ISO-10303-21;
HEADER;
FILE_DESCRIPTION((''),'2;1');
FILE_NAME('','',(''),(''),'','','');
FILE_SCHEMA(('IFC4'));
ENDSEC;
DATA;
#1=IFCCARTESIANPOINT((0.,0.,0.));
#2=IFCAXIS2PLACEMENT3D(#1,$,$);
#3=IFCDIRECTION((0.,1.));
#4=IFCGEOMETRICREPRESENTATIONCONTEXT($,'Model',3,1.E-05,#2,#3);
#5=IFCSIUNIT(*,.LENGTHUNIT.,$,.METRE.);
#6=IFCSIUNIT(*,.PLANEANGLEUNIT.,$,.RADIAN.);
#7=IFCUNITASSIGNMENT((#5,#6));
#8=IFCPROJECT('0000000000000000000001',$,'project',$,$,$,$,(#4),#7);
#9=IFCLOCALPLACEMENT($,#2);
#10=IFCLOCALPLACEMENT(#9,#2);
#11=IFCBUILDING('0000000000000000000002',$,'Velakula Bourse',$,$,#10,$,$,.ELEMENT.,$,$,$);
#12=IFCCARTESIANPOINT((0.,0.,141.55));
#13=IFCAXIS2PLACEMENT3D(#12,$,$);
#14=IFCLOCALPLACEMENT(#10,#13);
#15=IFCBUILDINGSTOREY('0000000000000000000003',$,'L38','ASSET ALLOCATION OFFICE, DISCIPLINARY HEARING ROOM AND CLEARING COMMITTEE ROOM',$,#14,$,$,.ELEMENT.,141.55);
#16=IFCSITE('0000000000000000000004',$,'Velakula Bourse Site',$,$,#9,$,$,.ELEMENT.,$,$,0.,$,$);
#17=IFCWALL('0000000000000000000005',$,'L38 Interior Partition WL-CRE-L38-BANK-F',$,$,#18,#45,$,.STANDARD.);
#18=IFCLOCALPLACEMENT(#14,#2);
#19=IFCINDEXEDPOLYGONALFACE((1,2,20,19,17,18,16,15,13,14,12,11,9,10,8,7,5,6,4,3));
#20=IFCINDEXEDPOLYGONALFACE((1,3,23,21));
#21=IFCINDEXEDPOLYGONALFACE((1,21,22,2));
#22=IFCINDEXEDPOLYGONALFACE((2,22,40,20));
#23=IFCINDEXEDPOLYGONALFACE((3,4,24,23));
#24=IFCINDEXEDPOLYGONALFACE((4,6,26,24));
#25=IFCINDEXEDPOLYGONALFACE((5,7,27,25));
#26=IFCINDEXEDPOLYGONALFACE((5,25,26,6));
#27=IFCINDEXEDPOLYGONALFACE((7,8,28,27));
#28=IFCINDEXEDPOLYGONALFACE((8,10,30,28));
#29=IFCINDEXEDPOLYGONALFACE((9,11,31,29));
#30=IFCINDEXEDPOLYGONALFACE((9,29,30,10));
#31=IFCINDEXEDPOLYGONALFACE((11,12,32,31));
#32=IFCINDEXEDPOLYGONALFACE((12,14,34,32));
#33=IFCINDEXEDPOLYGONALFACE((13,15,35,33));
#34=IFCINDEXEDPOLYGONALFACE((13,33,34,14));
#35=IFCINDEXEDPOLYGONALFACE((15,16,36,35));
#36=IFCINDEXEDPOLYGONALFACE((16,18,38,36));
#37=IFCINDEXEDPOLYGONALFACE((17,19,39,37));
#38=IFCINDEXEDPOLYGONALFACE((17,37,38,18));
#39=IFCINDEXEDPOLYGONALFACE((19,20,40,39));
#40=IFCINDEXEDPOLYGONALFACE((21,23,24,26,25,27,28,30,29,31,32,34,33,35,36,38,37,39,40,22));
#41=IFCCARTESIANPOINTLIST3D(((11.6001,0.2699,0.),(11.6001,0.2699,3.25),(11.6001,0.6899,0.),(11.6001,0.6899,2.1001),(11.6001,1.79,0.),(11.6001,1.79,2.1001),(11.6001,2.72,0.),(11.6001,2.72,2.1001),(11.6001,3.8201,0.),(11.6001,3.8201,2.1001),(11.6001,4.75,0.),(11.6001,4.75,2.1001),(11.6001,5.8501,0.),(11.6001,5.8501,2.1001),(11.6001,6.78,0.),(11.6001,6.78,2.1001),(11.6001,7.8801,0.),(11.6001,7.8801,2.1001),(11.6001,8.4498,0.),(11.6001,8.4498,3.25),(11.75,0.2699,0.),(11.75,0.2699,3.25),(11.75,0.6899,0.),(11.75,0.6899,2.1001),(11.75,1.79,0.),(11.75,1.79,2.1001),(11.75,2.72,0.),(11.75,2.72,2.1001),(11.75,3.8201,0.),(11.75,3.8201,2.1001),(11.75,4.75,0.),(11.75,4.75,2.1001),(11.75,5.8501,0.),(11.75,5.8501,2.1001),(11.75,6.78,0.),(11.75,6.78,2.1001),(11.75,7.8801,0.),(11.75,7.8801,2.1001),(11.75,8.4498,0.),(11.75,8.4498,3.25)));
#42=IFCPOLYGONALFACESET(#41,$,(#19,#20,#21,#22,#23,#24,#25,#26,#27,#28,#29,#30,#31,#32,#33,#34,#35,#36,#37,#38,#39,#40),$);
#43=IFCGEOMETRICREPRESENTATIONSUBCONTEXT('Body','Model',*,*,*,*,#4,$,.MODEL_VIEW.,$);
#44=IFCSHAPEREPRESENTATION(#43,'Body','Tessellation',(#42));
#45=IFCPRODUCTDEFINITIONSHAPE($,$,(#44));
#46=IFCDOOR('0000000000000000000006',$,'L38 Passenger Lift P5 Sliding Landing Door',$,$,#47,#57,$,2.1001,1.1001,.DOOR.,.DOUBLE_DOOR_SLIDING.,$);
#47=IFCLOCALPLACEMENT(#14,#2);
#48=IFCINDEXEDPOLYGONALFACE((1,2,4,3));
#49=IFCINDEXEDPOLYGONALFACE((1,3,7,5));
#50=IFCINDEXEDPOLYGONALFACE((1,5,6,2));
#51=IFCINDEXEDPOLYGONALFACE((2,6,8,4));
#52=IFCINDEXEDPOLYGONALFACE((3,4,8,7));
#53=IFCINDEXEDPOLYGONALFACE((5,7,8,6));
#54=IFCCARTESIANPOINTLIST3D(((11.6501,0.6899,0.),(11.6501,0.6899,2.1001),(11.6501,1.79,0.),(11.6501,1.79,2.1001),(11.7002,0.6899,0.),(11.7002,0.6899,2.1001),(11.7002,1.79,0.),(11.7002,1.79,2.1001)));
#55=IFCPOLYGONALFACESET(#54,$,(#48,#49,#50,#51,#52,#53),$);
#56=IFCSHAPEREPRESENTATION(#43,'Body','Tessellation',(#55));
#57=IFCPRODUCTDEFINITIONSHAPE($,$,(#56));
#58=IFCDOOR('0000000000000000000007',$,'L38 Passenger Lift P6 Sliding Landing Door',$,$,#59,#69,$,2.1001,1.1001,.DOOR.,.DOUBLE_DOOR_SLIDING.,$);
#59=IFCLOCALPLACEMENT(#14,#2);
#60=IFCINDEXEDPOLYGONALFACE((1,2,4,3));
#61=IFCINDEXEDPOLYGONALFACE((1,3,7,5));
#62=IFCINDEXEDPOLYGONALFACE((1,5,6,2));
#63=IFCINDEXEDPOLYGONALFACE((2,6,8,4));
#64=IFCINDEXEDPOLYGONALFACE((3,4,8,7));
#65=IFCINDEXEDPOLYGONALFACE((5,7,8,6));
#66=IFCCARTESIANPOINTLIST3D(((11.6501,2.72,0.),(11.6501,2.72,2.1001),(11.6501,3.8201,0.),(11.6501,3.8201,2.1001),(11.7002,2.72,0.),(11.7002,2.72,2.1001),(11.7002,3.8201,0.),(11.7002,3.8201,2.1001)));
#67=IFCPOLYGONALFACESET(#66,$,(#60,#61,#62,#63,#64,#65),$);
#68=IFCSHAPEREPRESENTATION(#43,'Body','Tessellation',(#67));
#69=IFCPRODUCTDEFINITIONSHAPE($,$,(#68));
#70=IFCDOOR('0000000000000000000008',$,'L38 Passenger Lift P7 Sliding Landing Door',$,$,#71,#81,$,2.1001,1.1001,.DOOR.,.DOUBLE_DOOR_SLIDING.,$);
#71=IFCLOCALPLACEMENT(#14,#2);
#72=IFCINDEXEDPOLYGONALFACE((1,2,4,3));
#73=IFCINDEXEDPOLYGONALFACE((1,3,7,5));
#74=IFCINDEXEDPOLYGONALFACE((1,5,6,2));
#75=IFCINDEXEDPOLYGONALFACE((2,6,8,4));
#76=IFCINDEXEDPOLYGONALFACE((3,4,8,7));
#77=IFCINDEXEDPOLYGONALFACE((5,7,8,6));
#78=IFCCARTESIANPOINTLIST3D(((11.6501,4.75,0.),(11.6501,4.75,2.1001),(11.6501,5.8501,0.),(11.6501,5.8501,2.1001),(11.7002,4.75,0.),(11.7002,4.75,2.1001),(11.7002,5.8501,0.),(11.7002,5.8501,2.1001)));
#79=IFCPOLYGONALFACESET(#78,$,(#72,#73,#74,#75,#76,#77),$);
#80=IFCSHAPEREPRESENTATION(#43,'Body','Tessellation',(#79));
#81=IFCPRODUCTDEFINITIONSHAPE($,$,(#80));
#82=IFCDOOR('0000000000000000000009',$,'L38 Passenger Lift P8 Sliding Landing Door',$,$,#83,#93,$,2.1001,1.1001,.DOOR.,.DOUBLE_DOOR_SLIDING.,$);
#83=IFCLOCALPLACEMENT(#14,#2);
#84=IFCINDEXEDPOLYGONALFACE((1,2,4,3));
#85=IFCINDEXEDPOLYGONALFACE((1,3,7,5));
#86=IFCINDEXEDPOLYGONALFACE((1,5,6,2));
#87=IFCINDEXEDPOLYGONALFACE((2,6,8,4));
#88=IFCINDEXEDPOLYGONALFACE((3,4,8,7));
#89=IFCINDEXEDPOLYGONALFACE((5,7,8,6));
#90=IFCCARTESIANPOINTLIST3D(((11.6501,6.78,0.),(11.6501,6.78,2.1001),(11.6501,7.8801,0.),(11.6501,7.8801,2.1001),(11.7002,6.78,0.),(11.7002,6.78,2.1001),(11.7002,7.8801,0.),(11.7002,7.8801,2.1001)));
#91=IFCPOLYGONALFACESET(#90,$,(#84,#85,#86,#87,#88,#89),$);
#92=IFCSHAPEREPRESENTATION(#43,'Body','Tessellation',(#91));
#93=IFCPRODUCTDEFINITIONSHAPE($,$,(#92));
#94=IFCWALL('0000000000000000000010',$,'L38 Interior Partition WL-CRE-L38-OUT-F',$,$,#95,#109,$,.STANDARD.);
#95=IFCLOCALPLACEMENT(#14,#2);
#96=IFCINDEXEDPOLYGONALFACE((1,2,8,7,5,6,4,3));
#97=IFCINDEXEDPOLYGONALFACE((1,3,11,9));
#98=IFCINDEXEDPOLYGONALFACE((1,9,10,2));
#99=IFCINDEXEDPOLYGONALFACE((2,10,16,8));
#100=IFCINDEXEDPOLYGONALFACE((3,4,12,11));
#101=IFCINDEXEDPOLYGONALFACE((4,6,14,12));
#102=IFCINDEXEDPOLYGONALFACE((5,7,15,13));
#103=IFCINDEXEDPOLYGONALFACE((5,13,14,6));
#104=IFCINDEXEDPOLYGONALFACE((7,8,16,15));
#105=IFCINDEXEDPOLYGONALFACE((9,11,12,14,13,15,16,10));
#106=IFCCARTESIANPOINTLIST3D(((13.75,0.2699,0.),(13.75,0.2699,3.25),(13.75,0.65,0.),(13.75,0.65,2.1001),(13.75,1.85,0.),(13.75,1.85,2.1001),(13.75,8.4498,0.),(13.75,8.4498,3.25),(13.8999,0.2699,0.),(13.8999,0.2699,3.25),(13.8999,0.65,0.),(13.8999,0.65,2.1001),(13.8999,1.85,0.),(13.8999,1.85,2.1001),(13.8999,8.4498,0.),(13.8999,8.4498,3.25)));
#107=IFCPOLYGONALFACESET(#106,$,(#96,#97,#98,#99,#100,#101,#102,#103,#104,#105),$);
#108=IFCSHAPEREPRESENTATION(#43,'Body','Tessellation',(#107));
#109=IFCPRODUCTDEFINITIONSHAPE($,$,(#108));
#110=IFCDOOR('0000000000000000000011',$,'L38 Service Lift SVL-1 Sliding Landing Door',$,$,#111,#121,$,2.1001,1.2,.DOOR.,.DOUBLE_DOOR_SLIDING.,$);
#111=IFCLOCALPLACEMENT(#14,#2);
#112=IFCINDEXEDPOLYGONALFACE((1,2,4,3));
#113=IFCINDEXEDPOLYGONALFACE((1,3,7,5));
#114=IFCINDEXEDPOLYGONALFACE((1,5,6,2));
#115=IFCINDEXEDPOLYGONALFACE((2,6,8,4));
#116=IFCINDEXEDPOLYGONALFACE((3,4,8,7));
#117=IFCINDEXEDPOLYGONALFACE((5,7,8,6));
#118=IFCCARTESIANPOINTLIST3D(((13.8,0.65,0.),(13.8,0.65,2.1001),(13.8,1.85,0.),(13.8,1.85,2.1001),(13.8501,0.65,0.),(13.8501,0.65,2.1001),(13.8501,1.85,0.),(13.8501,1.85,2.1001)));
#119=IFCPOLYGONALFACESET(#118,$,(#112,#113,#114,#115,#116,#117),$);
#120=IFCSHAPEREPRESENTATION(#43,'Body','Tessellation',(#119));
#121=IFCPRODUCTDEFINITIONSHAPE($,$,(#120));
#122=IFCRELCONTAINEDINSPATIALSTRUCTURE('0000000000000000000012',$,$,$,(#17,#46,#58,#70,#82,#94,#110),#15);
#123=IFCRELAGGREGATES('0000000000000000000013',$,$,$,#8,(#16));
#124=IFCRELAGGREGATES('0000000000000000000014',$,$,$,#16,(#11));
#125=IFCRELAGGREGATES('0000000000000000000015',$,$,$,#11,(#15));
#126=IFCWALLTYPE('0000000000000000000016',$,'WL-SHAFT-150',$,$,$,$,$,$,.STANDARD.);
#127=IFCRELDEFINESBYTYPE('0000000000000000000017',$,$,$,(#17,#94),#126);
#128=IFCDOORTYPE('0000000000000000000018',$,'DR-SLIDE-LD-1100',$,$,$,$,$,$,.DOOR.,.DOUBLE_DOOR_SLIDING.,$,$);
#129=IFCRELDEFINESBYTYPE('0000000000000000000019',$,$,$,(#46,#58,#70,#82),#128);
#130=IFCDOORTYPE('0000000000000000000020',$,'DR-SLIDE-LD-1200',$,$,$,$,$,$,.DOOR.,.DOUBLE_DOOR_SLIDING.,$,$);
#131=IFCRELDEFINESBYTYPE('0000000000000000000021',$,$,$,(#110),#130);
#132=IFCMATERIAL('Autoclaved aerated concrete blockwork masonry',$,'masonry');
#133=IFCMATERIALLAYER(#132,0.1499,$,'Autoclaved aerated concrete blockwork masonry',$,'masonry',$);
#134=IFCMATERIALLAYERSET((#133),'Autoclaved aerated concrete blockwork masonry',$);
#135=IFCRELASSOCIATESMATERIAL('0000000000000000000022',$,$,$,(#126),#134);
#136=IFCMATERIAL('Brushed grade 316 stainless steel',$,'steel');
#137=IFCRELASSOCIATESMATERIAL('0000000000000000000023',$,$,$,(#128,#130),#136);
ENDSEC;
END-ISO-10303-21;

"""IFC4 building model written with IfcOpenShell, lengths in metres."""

from ifc_helpers import new_model, si_unit, direction, frame, frame_2d, origin, place, context, subcontext, project, spatial, rectangle, extrude, material, layer, layer_set, type_object, element, fill, save


model = new_model("IFC4")

# Units and contexts
model_context = context("Model", 3, precision=1e-05, world=origin(), true_north=direction((0.0, 1.0)))
body_context = subcontext(model_context, "Body", "Model", "MODEL_VIEW")
ifc_project = project(units=[si_unit("LENGTHUNIT", "METRE"), si_unit("PLANEANGLEUNIT", "RADIAN")], contexts=[model_context])

# Site, building, storey
site_placement = place(None, origin())
site = spatial("IfcSite", under=ifc_project, at=site_placement, Name="Velakula Bourse Site", CompositionType="ELEMENT", RefElevation=0.0)
building_placement = place(site_placement, origin())
building = spatial("IfcBuilding", under=site, at=building_placement, Name="Velakula Bourse", CompositionType="ELEMENT")
storey_placement = place(building_placement, frame((0.0, 0.0, 141.55)))
storey = spatial("IfcBuildingStorey", under=building, at=storey_placement, Name="L38", Description="ASSET ALLOCATION OFFICE, DISCIPLINARY HEARING ROOM AND CLEARING COMMITTEE ROOM", CompositionType="ELEMENT", Elevation=141.55)

# Shared definitions
ifc_material_1 = material(Name="Autoclaved aerated concrete blockwork masonry", Category="masonry")
ifc_layer_1 = layer(ifc_material_1, 0.1499, Name="Autoclaved aerated concrete blockwork masonry", Category="masonry")
ifc_layer_set_1 = layer_set([ifc_layer_1], Name="Autoclaved aerated concrete blockwork masonry")
wall_type_1 = type_object("IfcWallType", Name="WL-SHAFT-150", PredefinedType="STANDARD", material=ifc_layer_set_1)

# Wall, openings, doors
wall_1_placement = place(storey_placement, frame((11.675, 0.27, 0.0), z_axis=(0.0, 0.0, 1.0), x_axis=(0.0, 1.0, 0.0)))
wall_1 = element("IfcWall", 1, at=wall_1_placement, inside=storey, type_object=wall_type_1, Name="L38 Interior Partition WL-CRE-L38-BANK-F", PredefinedType="STANDARD", context=body_context, shape_type="SweptSolid", body=[
    extrude(rectangle(XDim=8.1799, YDim=0.1499, at=frame_2d((4.0898, 0.0))), origin(), (0.0, 0.0, 1.0), 3.25),
])
opening_1_placement = place(wall_1_placement, frame((0.4199, 0.0, 0.0)))
opening_1 = element("IfcOpeningElement", 2, at=opening_1_placement, cuts=wall_1, PredefinedType="OPENING", context=body_context, shape_type="SweptSolid", body=[
    extrude(rectangle(XDim=1.1001, YDim=2.1001, at=frame_2d((0.55, 1.05))), frame((0.0, 0.085, 0.0), z_axis=(0.0, -1.0, 0.0), x_axis=(1.0, 0.0, 0.0)), (0.0, 0.0, 1.0), 0.1699),
])
opening_2_placement = place(wall_1_placement, frame((2.45, 0.0, 0.0)))
opening_2 = element("IfcOpeningElement", 3, at=opening_2_placement, cuts=wall_1, PredefinedType="OPENING", context=body_context, shape_type="SweptSolid", body=[
    extrude(rectangle(XDim=1.1001, YDim=2.1001, at=frame_2d((0.55, 1.05))), frame((0.0, 0.085, 0.0), z_axis=(0.0, -1.0, 0.0), x_axis=(1.0, 0.0, 0.0)), (0.0, 0.0, 1.0), 0.1699),
])
opening_3_placement = place(wall_1_placement, frame((4.48, 0.0, 0.0)))
opening_3 = element("IfcOpeningElement", 4, at=opening_3_placement, cuts=wall_1, PredefinedType="OPENING", context=body_context, shape_type="SweptSolid", body=[
    extrude(rectangle(XDim=1.1001, YDim=2.1001, at=frame_2d((0.55, 1.05))), frame((0.0, 0.085, 0.0), z_axis=(0.0, -1.0, 0.0), x_axis=(1.0, 0.0, 0.0)), (0.0, 0.0, 1.0), 0.1699),
])
opening_4_placement = place(wall_1_placement, frame((6.51, 0.0, 0.0)))
opening_4 = element("IfcOpeningElement", 5, at=opening_4_placement, cuts=wall_1, PredefinedType="OPENING", context=body_context, shape_type="SweptSolid", body=[
    extrude(rectangle(XDim=1.1001, YDim=2.1001, at=frame_2d((0.55, 1.05))), frame((0.0, 0.085, 0.0), z_axis=(0.0, -1.0, 0.0), x_axis=(1.0, 0.0, 0.0)), (0.0, 0.0, 1.0), 0.1699),
])
ifc_material_2 = material(Name="Brushed grade 316 stainless steel", Category="steel")
door_type_1 = type_object("IfcDoorType", Name="DR-SLIDE-LD-1100", OperationType="DOUBLE_DOOR_SLIDING", PredefinedType="DOOR", material=ifc_material_2)
door_1_placement = place(opening_1_placement, origin())
door_1 = element("IfcDoor", 6, at=door_1_placement, inside=storey, type_object=door_type_1, Name="L38 Passenger Lift P5 Sliding Landing Door", OperationType="DOUBLE_DOOR_SLIDING", OverallHeight=2.1001, OverallWidth=1.1001, PredefinedType="DOOR", context=body_context, shape_type="SweptSolid", body=[
    extrude(rectangle(XDim=1.1001, YDim=2.1001, at=frame_2d((0.55, 1.05))), frame((0.0, 0.0249, 0.0), z_axis=(0.0, -1.0, 0.0), x_axis=(1.0, 0.0, 0.0)), (0.0, 0.0, 1.0), 0.05),
])
fill(opening_1, door_1)
door_2_placement = place(opening_2_placement, origin())
door_2 = element("IfcDoor", 7, at=door_2_placement, inside=storey, type_object=door_type_1, Name="L38 Passenger Lift P6 Sliding Landing Door", OperationType="DOUBLE_DOOR_SLIDING", OverallHeight=2.1001, OverallWidth=1.1001, PredefinedType="DOOR", context=body_context, shape_type="SweptSolid", body=[
    extrude(rectangle(XDim=1.1001, YDim=2.1001, at=frame_2d((0.55, 1.05))), frame((0.0, 0.0249, 0.0), z_axis=(0.0, -1.0, 0.0), x_axis=(1.0, 0.0, 0.0)), (0.0, 0.0, 1.0), 0.05),
])
fill(opening_2, door_2)
door_3_placement = place(opening_3_placement, origin())
door_3 = element("IfcDoor", 8, at=door_3_placement, inside=storey, type_object=door_type_1, Name="L38 Passenger Lift P7 Sliding Landing Door", OperationType="DOUBLE_DOOR_SLIDING", OverallHeight=2.1001, OverallWidth=1.1001, PredefinedType="DOOR", context=body_context, shape_type="SweptSolid", body=[
    extrude(rectangle(XDim=1.1001, YDim=2.1001, at=frame_2d((0.55, 1.05))), frame((0.0, 0.0249, 0.0), z_axis=(0.0, -1.0, 0.0), x_axis=(1.0, 0.0, 0.0)), (0.0, 0.0, 1.0), 0.05),
])
fill(opening_3, door_3)
door_4_placement = place(opening_4_placement, origin())
door_4 = element("IfcDoor", 9, at=door_4_placement, inside=storey, type_object=door_type_1, Name="L38 Passenger Lift P8 Sliding Landing Door", OperationType="DOUBLE_DOOR_SLIDING", OverallHeight=2.1001, OverallWidth=1.1001, PredefinedType="DOOR", context=body_context, shape_type="SweptSolid", body=[
    extrude(rectangle(XDim=1.1001, YDim=2.1001, at=frame_2d((0.55, 1.05))), frame((0.0, 0.0249, 0.0), z_axis=(0.0, -1.0, 0.0), x_axis=(1.0, 0.0, 0.0)), (0.0, 0.0, 1.0), 0.05),
])
fill(opening_4, door_4)

# Wall, opening, door
wall_2_placement = place(storey_placement, frame((13.825, 0.27, 0.0), z_axis=(0.0, 0.0, 1.0), x_axis=(0.0, 1.0, 0.0)))
wall_2 = element("IfcWall", 10, at=wall_2_placement, inside=storey, type_object=wall_type_1, Name="L38 Interior Partition WL-CRE-L38-OUT-F", PredefinedType="STANDARD", context=body_context, shape_type="SweptSolid", body=[
    extrude(rectangle(XDim=8.1799, YDim=0.1499, at=frame_2d((4.0898, 0.0))), origin(), (0.0, 0.0, 1.0), 3.25),
])
opening_5_placement = place(wall_2_placement, frame((0.3799, 0.0, 0.0)))
opening_5 = element("IfcOpeningElement", 11, at=opening_5_placement, cuts=wall_2, PredefinedType="OPENING", context=body_context, shape_type="SweptSolid", body=[
    extrude(rectangle(XDim=1.2, YDim=2.1001, at=frame_2d((0.6001, 1.05))), frame((0.0, 0.085, 0.0), z_axis=(0.0, -1.0, 0.0), x_axis=(1.0, 0.0, 0.0)), (0.0, 0.0, 1.0), 0.1699),
])
door_type_2 = type_object("IfcDoorType", Name="DR-SLIDE-LD-1200", OperationType="DOUBLE_DOOR_SLIDING", PredefinedType="DOOR", material=ifc_material_2)
door_5_placement = place(opening_5_placement, origin())
door_5 = element("IfcDoor", 12, at=door_5_placement, inside=storey, type_object=door_type_2, Name="L38 Service Lift SVL-1 Sliding Landing Door", OperationType="DOUBLE_DOOR_SLIDING", OverallHeight=2.1001, OverallWidth=1.2, PredefinedType="DOOR", context=body_context, shape_type="SweptSolid", body=[
    extrude(rectangle(XDim=1.2, YDim=2.1001, at=frame_2d((0.6001, 1.05))), frame((0.0, 0.0249, 0.0), z_axis=(0.0, -1.0, 0.0), x_axis=(1.0, 0.0, 0.0)), (0.0, 0.0, 1.0), 0.05),
])
fill(opening_5, door_5)

save(model, "model.ifc")
